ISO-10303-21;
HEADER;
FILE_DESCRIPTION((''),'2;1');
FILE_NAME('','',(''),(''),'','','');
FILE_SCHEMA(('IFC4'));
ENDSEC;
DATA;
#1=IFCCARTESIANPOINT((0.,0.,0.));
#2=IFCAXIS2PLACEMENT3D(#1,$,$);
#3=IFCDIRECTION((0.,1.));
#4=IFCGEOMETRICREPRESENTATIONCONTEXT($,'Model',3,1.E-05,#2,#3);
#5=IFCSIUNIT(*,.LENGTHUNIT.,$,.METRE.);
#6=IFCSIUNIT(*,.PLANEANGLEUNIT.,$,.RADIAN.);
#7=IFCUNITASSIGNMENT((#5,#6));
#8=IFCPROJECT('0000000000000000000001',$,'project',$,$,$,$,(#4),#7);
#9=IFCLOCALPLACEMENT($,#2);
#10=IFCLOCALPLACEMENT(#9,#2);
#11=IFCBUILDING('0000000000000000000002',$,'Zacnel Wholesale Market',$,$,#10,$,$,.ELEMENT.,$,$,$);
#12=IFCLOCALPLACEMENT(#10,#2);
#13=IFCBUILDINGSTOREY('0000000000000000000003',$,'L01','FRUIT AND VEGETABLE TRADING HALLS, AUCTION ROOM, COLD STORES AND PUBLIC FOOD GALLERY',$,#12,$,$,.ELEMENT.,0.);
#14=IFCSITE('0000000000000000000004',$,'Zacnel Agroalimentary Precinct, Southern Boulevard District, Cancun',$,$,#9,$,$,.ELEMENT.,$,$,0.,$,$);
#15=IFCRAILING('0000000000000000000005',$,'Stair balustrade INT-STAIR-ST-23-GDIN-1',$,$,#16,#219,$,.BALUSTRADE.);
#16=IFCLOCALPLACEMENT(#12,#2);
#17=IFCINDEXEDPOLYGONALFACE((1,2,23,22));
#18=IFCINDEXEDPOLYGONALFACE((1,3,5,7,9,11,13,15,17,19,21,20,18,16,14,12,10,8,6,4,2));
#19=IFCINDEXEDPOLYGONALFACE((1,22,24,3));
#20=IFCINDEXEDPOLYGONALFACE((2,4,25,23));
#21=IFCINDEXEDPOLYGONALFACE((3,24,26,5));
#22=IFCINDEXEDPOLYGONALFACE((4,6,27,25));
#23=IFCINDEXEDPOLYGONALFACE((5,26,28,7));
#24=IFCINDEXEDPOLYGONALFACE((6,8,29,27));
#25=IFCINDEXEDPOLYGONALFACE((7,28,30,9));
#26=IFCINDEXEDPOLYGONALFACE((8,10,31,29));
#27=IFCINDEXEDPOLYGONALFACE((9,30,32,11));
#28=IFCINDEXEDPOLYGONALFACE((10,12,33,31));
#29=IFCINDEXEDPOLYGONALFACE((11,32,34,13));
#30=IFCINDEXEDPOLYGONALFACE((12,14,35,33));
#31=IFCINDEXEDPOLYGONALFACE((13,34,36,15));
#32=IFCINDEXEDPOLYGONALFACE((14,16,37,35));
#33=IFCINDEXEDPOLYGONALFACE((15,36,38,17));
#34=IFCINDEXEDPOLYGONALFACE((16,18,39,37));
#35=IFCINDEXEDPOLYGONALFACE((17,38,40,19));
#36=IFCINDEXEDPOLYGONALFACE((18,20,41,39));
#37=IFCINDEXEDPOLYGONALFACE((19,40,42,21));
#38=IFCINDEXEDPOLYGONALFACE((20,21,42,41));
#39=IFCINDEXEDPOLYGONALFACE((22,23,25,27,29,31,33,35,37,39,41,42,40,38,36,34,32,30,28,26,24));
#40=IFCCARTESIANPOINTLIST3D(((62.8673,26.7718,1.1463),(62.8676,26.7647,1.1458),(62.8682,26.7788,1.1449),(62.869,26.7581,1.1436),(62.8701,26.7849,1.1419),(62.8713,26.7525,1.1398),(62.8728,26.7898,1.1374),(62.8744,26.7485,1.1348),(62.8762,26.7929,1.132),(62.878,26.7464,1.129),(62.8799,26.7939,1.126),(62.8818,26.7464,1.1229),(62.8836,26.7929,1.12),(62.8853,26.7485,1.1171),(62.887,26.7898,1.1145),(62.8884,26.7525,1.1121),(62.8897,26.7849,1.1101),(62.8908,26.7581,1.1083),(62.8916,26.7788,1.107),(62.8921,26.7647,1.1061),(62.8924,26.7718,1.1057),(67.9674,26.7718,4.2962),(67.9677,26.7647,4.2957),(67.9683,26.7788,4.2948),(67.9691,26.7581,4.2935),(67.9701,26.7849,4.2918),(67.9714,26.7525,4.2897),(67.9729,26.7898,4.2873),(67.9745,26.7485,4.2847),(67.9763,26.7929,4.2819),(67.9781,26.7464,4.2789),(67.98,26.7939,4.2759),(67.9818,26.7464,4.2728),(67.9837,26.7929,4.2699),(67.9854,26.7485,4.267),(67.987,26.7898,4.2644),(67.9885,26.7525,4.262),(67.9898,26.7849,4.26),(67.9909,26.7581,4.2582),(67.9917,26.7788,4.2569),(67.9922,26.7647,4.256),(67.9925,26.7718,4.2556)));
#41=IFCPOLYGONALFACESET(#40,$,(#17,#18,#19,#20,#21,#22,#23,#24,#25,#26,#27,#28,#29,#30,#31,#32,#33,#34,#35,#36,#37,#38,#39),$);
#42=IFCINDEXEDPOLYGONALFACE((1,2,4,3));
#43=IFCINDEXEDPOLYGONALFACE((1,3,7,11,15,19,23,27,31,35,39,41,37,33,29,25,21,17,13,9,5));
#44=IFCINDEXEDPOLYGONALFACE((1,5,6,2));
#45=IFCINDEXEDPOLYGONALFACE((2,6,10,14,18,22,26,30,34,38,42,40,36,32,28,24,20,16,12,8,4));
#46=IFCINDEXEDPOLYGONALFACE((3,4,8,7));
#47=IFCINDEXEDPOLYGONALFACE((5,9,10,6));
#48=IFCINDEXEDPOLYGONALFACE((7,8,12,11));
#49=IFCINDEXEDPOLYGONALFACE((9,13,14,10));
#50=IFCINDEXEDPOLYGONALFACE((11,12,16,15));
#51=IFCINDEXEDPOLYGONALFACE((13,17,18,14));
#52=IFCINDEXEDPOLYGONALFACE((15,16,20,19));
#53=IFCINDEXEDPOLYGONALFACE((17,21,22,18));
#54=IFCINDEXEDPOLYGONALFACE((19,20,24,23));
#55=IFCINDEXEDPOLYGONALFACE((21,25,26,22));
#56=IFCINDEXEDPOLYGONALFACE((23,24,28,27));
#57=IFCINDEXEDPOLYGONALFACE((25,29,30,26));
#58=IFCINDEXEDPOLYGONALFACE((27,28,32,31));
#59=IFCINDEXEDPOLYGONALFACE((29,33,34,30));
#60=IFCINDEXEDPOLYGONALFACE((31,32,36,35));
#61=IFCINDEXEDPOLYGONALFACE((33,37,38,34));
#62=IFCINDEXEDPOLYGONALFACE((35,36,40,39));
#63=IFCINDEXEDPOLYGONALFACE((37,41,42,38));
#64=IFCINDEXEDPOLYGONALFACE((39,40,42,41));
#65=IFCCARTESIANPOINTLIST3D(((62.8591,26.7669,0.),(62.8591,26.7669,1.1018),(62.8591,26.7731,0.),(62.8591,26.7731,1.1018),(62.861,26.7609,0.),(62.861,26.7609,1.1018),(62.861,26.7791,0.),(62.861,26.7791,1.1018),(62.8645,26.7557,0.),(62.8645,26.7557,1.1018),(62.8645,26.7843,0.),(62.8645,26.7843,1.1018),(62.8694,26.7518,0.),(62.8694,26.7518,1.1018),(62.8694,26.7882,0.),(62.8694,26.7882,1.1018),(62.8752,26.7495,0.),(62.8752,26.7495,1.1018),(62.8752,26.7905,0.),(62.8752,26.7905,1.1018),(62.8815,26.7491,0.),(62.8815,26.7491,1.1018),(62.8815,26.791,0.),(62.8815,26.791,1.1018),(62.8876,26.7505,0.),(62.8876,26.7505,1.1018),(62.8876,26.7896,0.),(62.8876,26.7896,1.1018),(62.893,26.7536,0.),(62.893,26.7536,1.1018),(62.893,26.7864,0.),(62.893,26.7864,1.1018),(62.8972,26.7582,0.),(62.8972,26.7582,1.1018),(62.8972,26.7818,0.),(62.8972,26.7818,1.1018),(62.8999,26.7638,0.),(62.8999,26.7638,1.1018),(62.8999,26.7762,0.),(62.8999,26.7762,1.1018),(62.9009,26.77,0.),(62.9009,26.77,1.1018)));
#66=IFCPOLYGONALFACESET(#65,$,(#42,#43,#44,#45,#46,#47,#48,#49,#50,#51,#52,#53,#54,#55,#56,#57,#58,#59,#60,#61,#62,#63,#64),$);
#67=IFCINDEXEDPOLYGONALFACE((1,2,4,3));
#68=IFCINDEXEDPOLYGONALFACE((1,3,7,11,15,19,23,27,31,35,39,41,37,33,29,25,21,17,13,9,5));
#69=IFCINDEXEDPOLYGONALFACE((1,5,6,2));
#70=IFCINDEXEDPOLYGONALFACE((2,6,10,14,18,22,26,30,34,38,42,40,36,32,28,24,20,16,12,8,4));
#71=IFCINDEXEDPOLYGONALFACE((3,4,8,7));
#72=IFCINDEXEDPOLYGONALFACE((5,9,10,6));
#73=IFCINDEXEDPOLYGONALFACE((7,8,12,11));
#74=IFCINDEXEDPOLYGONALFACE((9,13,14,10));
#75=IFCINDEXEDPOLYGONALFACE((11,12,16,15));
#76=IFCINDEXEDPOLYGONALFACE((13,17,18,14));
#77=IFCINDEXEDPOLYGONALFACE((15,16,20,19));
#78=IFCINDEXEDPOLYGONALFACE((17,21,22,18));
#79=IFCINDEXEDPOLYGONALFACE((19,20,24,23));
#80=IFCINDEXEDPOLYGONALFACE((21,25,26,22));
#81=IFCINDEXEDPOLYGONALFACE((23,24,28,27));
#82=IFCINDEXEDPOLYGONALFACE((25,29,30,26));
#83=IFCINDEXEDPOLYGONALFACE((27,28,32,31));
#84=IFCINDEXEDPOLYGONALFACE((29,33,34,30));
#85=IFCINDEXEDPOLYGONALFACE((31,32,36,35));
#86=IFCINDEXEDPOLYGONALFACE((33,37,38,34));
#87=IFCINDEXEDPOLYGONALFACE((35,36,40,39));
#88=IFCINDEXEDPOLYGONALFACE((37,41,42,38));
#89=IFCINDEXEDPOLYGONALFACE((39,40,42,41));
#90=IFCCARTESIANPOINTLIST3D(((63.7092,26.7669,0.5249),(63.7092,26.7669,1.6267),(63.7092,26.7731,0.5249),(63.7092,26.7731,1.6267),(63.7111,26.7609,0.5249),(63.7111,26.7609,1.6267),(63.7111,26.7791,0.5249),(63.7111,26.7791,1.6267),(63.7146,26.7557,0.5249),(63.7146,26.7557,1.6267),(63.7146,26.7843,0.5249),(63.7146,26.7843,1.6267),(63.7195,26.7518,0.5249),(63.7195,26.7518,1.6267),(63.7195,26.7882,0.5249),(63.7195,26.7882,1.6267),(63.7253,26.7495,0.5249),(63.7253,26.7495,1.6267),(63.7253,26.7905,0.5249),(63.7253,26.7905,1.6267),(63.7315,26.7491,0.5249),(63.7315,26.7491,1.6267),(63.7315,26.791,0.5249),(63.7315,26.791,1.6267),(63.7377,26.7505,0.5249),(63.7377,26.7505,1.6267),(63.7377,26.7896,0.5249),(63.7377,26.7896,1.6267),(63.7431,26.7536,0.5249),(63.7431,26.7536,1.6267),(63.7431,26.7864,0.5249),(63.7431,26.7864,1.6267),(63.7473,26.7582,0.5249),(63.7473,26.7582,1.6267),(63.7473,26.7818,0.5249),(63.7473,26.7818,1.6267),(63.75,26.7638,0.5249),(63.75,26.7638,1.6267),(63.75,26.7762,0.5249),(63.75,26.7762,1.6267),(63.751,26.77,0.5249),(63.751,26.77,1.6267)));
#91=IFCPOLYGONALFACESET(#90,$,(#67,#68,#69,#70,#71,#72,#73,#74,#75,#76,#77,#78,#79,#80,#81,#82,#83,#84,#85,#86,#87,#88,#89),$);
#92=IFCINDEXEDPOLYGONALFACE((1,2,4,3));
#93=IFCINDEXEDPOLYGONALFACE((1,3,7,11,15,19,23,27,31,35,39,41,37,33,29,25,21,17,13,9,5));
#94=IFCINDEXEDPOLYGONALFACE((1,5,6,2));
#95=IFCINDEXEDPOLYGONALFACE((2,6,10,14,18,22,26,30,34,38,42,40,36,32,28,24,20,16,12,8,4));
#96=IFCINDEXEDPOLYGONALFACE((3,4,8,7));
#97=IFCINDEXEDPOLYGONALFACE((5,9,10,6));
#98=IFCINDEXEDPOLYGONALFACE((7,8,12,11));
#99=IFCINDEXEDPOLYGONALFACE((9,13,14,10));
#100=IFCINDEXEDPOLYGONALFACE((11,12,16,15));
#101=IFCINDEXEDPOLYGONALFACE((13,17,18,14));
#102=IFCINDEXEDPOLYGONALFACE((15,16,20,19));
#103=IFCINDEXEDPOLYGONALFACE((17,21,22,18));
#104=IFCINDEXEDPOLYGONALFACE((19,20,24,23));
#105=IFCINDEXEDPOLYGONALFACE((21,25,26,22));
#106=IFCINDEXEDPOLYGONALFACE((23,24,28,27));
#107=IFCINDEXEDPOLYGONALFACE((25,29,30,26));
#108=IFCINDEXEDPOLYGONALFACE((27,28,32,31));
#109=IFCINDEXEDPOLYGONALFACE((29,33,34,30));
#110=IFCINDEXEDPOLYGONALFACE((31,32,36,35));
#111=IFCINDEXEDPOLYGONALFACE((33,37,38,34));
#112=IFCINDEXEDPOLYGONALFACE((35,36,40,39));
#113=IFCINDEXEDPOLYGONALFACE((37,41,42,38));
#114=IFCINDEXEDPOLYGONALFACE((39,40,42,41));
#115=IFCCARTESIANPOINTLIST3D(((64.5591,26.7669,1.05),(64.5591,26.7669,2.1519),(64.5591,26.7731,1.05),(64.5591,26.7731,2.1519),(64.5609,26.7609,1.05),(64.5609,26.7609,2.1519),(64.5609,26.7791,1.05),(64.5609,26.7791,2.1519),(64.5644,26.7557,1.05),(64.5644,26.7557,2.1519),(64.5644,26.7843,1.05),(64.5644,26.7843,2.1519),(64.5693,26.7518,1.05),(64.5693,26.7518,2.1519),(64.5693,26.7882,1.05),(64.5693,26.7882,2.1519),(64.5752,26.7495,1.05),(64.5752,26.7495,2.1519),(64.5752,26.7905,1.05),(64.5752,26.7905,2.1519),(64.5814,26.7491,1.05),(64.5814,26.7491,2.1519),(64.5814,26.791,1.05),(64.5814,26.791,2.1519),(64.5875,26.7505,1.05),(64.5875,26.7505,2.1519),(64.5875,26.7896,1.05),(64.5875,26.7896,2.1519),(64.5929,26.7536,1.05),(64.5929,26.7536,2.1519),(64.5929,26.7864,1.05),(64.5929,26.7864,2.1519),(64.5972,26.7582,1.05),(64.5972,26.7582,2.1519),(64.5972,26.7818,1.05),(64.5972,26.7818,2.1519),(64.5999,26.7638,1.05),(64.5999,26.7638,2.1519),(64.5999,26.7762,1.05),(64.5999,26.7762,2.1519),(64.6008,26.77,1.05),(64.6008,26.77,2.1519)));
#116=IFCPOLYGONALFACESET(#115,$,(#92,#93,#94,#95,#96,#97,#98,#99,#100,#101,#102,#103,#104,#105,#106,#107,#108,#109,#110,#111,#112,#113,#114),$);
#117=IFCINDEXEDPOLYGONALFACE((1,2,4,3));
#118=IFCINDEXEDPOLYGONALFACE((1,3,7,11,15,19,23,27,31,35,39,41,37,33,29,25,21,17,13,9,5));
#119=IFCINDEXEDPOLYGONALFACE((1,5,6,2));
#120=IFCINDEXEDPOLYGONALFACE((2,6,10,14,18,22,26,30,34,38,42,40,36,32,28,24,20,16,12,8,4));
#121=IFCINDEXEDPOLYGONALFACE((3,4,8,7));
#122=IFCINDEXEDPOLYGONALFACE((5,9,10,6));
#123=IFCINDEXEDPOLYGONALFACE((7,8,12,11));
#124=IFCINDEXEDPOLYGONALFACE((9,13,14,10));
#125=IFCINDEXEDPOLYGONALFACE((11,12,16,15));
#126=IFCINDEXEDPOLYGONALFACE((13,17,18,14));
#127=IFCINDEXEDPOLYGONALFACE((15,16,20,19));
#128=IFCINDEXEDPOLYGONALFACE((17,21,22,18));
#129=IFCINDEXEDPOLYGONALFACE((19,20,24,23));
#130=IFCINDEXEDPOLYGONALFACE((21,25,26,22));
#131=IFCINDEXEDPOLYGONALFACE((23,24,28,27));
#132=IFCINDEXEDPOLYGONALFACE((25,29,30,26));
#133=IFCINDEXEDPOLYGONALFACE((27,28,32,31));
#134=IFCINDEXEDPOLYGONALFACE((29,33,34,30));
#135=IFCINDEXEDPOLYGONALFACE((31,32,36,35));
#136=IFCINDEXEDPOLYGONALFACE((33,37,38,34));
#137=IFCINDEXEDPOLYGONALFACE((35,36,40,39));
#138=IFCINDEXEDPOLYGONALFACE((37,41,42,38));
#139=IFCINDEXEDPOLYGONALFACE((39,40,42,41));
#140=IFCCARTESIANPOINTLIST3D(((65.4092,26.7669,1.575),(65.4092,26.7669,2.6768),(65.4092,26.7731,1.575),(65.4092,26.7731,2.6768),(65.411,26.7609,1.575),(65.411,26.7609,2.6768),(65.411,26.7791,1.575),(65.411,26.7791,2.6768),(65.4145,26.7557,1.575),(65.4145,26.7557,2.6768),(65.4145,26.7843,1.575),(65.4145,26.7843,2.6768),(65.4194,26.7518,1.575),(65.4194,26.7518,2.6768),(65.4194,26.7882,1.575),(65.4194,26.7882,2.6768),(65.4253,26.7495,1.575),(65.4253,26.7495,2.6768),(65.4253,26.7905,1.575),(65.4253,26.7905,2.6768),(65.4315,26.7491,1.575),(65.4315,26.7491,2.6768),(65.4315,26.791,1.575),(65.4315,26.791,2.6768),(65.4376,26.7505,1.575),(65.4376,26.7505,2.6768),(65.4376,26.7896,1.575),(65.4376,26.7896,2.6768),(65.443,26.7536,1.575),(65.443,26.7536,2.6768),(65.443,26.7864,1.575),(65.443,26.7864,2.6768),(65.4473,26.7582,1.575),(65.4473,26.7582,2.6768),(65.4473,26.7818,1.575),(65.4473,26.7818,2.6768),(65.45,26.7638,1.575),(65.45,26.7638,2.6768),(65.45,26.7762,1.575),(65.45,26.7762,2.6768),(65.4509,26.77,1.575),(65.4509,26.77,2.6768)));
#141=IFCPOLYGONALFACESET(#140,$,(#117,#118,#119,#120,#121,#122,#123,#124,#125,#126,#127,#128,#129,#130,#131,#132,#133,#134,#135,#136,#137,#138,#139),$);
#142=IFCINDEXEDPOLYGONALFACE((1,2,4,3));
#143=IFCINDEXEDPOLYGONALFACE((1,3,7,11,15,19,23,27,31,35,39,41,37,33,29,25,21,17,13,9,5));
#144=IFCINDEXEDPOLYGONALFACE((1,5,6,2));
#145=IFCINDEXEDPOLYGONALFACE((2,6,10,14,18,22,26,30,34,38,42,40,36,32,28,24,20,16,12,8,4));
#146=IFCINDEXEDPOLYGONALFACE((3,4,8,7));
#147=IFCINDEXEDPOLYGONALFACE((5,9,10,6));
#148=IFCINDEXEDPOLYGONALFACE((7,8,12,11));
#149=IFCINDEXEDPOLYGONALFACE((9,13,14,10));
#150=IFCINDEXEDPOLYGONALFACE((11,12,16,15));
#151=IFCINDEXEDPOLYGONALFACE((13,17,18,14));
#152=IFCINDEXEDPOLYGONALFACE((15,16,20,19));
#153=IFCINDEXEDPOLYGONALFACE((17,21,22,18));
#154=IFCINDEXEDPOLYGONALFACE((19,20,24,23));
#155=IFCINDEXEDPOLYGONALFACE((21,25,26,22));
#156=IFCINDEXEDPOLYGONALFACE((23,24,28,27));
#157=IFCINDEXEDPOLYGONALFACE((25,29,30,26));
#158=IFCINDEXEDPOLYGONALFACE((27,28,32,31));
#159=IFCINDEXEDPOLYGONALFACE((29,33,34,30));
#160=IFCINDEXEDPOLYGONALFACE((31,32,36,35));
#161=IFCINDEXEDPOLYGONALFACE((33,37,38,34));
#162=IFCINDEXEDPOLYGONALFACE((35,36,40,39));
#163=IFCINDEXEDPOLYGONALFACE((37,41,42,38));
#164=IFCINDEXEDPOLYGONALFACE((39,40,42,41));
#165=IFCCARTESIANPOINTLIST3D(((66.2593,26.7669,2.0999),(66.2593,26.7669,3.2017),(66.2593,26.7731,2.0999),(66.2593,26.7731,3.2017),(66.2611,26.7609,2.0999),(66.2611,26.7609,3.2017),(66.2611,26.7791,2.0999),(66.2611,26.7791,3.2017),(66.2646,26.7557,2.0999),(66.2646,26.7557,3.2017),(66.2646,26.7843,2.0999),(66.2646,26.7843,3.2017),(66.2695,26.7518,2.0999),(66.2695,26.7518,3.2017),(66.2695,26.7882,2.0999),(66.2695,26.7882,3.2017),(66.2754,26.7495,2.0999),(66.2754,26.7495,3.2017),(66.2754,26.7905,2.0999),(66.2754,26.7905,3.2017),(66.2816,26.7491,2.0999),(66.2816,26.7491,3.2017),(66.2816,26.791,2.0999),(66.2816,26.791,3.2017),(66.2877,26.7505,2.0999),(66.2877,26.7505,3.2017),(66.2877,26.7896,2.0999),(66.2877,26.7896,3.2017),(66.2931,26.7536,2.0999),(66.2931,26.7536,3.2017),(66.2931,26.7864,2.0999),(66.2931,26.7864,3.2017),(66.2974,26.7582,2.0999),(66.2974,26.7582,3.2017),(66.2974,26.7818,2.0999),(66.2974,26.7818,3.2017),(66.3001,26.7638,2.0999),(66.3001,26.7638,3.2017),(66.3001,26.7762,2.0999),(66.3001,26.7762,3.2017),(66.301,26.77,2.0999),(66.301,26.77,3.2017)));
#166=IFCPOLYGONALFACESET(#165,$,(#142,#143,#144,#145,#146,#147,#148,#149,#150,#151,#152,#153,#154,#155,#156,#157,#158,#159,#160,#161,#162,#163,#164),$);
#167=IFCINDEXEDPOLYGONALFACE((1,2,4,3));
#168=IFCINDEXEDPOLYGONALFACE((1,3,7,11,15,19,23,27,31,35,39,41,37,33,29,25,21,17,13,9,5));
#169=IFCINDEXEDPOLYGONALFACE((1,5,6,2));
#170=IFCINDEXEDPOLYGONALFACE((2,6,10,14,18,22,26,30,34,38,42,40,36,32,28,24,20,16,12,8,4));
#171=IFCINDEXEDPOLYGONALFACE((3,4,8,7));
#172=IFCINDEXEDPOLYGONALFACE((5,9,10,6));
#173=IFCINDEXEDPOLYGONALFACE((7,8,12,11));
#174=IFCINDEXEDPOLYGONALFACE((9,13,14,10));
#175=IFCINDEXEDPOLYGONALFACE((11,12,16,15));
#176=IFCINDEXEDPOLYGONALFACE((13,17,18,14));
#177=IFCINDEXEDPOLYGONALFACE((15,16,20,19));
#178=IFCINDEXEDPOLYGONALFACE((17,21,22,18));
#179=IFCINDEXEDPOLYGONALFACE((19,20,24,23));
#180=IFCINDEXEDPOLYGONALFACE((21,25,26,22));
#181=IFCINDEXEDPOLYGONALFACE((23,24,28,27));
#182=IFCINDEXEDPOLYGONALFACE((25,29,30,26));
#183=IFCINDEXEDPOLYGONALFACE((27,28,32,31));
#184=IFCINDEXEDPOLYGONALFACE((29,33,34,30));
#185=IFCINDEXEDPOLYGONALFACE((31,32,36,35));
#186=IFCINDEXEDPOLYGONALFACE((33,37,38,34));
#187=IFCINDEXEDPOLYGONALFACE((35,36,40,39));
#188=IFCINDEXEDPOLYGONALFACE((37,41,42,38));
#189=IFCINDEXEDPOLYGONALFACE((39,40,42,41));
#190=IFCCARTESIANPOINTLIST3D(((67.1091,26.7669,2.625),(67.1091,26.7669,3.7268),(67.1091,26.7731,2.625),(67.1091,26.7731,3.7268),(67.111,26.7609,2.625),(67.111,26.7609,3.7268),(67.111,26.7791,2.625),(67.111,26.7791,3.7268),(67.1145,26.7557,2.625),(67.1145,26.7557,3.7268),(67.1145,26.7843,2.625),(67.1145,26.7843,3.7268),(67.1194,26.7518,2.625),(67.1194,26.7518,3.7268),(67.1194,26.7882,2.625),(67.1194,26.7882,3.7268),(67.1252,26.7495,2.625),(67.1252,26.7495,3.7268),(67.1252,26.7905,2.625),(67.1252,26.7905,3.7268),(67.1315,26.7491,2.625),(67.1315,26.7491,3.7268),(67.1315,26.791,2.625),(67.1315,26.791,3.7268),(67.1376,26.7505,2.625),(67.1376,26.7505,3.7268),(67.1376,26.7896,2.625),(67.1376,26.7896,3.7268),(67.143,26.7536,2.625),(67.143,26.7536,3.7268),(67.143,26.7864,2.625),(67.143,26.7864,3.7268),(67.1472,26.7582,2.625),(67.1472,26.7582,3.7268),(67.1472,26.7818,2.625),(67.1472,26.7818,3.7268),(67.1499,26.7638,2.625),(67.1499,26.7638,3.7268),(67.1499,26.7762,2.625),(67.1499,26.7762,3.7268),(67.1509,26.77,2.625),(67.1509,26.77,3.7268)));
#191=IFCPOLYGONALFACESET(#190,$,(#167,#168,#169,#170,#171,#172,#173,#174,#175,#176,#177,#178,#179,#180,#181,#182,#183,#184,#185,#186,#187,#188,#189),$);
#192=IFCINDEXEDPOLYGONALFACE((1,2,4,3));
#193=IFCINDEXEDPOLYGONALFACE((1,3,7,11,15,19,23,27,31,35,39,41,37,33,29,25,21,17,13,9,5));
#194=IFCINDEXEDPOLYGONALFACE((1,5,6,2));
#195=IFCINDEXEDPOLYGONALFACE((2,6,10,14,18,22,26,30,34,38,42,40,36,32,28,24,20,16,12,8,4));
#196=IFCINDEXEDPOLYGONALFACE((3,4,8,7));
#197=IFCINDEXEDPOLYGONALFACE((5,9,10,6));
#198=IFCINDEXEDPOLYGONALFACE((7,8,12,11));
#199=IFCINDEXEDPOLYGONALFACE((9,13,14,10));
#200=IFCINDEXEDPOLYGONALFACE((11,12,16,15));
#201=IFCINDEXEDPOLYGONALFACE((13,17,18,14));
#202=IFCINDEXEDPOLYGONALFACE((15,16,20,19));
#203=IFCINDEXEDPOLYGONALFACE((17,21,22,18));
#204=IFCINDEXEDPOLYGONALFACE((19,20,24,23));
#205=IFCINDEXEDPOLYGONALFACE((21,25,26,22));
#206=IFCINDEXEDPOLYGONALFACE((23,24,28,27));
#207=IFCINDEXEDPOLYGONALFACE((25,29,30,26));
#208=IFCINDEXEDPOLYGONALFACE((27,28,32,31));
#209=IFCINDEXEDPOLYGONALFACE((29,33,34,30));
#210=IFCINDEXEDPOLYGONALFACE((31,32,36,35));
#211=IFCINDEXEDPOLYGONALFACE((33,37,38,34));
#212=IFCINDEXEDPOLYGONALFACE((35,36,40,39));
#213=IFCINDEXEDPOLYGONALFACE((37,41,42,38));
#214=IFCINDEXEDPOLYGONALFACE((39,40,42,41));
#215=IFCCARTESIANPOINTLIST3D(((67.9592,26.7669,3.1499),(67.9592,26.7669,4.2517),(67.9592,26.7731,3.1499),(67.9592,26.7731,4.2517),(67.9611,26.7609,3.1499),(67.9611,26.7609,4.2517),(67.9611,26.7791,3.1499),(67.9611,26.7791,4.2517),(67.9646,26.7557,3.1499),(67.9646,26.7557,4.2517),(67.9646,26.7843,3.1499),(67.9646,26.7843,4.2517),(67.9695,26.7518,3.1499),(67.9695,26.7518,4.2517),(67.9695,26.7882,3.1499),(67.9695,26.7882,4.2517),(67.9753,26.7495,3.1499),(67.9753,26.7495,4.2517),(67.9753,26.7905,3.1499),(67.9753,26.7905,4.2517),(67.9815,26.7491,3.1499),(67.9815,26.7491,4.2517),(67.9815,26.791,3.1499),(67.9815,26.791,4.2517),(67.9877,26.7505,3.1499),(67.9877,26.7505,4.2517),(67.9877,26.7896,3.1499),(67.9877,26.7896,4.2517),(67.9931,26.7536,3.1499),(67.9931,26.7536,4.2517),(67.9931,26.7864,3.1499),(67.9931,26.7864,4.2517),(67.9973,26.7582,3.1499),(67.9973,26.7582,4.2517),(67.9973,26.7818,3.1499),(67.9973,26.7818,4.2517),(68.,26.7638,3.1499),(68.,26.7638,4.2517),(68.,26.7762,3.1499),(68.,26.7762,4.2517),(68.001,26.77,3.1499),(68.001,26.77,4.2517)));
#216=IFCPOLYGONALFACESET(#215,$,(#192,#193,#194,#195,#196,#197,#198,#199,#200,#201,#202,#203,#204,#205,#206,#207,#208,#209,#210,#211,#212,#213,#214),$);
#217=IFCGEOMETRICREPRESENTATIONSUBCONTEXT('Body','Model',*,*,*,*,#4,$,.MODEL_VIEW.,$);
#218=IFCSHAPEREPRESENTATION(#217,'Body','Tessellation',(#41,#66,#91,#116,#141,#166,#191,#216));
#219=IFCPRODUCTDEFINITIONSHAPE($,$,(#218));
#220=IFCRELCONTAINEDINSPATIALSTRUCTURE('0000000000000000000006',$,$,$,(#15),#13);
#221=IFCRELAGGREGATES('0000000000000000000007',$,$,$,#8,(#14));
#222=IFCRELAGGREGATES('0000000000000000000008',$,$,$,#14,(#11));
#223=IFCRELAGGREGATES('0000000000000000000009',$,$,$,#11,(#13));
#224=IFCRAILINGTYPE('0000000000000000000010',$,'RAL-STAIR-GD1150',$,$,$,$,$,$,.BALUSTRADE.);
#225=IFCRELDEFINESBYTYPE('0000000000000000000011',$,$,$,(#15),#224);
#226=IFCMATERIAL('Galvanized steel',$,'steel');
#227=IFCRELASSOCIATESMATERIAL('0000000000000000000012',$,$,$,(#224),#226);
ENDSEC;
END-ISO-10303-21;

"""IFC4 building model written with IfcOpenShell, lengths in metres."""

from ifc_helpers import new_model, si_unit, direction, frame, origin, origin_2d, place, context, subcontext, project, spatial, circle, extrude, material, type_object, element, save


model = new_model("IFC4")

# Units and contexts
model_context = context("Model", 3, precision=1e-05, world=origin(), true_north=direction((0.0, 1.0)))
body_context = subcontext(model_context, "Body", "Model", "MODEL_VIEW")
ifc_project = project(units=[si_unit("LENGTHUNIT", "METRE"), si_unit("PLANEANGLEUNIT", "RADIAN")], contexts=[model_context])

# Site, building, storey
site_placement = place(None, origin())
site = spatial("IfcSite", under=ifc_project, at=site_placement, Name="Zacnel Agroalimentary Precinct, Southern Boulevard District, Cancun", CompositionType="ELEMENT", RefElevation=0.0)
building_placement = place(site_placement, origin())
building = spatial("IfcBuilding", under=site, at=building_placement, Name="Zacnel Wholesale Market", CompositionType="ELEMENT")
storey_placement = place(building_placement, origin())
storey = spatial("IfcBuildingStorey", under=building, at=storey_placement, Name="L01", Description="FRUIT AND VEGETABLE TRADING HALLS, AUCTION ROOM, COLD STORES AND PUBLIC FOOD GALLERY", CompositionType="ELEMENT", Elevation=0.0)

# Railing
ifc_material_1 = material(Name="Galvanized steel", Category="steel")
railing_type_1 = type_object("IfcRailingType", Name="RAL-STAIR-GD1150", PredefinedType="BALUSTRADE", material=ifc_material_1)
railing_1_placement = place(storey_placement, frame((62.8799, 26.77, 0.0)))
element("IfcRailing", 1, at=railing_1_placement, inside=storey, type_object=railing_type_1, Name="Stair balustrade INT-STAIR-ST-23-GDIN-1", PredefinedType="BALUSTRADE", context=body_context, shape_type="SweptSolid", body=[
    extrude(circle(Radius=0.0239, at=origin_2d()), frame((0.0, 0.0, 1.126), z_axis=(0.85081, 0.0, 0.525474), x_axis=(0.0, 1.0, 0.0)), (0.0, 0.0, 1.0), 5.9944),
    extrude(circle(Radius=0.021, at=origin_2d()), origin(), (0.0, 0.0, 1.0), 1.1018),
    extrude(circle(Radius=0.021, at=origin_2d()), frame((0.8501, 0.0, 0.5249)), (0.0, 0.0, 1.0), 1.1018),
    extrude(circle(Radius=0.021, at=origin_2d()), frame((1.7, 0.0, 1.05)), (0.0, 0.0, 1.0), 1.1018),
    extrude(circle(Radius=0.021, at=origin_2d()), frame((2.55, 0.0, 1.575)), (0.0, 0.0, 1.0), 1.1018),
    extrude(circle(Radius=0.021, at=origin_2d()), frame((3.4001, 0.0, 2.0999)), (0.0, 0.0, 1.0), 1.1018),
    extrude(circle(Radius=0.021, at=origin_2d()), frame((4.25, 0.0, 2.625)), (0.0, 0.0, 1.0), 1.1018),
    extrude(circle(Radius=0.021, at=origin_2d()), frame((5.1001, 0.0, 3.1499)), (0.0, 0.0, 1.0), 1.1018),
])

save(model, "model.ifc")
